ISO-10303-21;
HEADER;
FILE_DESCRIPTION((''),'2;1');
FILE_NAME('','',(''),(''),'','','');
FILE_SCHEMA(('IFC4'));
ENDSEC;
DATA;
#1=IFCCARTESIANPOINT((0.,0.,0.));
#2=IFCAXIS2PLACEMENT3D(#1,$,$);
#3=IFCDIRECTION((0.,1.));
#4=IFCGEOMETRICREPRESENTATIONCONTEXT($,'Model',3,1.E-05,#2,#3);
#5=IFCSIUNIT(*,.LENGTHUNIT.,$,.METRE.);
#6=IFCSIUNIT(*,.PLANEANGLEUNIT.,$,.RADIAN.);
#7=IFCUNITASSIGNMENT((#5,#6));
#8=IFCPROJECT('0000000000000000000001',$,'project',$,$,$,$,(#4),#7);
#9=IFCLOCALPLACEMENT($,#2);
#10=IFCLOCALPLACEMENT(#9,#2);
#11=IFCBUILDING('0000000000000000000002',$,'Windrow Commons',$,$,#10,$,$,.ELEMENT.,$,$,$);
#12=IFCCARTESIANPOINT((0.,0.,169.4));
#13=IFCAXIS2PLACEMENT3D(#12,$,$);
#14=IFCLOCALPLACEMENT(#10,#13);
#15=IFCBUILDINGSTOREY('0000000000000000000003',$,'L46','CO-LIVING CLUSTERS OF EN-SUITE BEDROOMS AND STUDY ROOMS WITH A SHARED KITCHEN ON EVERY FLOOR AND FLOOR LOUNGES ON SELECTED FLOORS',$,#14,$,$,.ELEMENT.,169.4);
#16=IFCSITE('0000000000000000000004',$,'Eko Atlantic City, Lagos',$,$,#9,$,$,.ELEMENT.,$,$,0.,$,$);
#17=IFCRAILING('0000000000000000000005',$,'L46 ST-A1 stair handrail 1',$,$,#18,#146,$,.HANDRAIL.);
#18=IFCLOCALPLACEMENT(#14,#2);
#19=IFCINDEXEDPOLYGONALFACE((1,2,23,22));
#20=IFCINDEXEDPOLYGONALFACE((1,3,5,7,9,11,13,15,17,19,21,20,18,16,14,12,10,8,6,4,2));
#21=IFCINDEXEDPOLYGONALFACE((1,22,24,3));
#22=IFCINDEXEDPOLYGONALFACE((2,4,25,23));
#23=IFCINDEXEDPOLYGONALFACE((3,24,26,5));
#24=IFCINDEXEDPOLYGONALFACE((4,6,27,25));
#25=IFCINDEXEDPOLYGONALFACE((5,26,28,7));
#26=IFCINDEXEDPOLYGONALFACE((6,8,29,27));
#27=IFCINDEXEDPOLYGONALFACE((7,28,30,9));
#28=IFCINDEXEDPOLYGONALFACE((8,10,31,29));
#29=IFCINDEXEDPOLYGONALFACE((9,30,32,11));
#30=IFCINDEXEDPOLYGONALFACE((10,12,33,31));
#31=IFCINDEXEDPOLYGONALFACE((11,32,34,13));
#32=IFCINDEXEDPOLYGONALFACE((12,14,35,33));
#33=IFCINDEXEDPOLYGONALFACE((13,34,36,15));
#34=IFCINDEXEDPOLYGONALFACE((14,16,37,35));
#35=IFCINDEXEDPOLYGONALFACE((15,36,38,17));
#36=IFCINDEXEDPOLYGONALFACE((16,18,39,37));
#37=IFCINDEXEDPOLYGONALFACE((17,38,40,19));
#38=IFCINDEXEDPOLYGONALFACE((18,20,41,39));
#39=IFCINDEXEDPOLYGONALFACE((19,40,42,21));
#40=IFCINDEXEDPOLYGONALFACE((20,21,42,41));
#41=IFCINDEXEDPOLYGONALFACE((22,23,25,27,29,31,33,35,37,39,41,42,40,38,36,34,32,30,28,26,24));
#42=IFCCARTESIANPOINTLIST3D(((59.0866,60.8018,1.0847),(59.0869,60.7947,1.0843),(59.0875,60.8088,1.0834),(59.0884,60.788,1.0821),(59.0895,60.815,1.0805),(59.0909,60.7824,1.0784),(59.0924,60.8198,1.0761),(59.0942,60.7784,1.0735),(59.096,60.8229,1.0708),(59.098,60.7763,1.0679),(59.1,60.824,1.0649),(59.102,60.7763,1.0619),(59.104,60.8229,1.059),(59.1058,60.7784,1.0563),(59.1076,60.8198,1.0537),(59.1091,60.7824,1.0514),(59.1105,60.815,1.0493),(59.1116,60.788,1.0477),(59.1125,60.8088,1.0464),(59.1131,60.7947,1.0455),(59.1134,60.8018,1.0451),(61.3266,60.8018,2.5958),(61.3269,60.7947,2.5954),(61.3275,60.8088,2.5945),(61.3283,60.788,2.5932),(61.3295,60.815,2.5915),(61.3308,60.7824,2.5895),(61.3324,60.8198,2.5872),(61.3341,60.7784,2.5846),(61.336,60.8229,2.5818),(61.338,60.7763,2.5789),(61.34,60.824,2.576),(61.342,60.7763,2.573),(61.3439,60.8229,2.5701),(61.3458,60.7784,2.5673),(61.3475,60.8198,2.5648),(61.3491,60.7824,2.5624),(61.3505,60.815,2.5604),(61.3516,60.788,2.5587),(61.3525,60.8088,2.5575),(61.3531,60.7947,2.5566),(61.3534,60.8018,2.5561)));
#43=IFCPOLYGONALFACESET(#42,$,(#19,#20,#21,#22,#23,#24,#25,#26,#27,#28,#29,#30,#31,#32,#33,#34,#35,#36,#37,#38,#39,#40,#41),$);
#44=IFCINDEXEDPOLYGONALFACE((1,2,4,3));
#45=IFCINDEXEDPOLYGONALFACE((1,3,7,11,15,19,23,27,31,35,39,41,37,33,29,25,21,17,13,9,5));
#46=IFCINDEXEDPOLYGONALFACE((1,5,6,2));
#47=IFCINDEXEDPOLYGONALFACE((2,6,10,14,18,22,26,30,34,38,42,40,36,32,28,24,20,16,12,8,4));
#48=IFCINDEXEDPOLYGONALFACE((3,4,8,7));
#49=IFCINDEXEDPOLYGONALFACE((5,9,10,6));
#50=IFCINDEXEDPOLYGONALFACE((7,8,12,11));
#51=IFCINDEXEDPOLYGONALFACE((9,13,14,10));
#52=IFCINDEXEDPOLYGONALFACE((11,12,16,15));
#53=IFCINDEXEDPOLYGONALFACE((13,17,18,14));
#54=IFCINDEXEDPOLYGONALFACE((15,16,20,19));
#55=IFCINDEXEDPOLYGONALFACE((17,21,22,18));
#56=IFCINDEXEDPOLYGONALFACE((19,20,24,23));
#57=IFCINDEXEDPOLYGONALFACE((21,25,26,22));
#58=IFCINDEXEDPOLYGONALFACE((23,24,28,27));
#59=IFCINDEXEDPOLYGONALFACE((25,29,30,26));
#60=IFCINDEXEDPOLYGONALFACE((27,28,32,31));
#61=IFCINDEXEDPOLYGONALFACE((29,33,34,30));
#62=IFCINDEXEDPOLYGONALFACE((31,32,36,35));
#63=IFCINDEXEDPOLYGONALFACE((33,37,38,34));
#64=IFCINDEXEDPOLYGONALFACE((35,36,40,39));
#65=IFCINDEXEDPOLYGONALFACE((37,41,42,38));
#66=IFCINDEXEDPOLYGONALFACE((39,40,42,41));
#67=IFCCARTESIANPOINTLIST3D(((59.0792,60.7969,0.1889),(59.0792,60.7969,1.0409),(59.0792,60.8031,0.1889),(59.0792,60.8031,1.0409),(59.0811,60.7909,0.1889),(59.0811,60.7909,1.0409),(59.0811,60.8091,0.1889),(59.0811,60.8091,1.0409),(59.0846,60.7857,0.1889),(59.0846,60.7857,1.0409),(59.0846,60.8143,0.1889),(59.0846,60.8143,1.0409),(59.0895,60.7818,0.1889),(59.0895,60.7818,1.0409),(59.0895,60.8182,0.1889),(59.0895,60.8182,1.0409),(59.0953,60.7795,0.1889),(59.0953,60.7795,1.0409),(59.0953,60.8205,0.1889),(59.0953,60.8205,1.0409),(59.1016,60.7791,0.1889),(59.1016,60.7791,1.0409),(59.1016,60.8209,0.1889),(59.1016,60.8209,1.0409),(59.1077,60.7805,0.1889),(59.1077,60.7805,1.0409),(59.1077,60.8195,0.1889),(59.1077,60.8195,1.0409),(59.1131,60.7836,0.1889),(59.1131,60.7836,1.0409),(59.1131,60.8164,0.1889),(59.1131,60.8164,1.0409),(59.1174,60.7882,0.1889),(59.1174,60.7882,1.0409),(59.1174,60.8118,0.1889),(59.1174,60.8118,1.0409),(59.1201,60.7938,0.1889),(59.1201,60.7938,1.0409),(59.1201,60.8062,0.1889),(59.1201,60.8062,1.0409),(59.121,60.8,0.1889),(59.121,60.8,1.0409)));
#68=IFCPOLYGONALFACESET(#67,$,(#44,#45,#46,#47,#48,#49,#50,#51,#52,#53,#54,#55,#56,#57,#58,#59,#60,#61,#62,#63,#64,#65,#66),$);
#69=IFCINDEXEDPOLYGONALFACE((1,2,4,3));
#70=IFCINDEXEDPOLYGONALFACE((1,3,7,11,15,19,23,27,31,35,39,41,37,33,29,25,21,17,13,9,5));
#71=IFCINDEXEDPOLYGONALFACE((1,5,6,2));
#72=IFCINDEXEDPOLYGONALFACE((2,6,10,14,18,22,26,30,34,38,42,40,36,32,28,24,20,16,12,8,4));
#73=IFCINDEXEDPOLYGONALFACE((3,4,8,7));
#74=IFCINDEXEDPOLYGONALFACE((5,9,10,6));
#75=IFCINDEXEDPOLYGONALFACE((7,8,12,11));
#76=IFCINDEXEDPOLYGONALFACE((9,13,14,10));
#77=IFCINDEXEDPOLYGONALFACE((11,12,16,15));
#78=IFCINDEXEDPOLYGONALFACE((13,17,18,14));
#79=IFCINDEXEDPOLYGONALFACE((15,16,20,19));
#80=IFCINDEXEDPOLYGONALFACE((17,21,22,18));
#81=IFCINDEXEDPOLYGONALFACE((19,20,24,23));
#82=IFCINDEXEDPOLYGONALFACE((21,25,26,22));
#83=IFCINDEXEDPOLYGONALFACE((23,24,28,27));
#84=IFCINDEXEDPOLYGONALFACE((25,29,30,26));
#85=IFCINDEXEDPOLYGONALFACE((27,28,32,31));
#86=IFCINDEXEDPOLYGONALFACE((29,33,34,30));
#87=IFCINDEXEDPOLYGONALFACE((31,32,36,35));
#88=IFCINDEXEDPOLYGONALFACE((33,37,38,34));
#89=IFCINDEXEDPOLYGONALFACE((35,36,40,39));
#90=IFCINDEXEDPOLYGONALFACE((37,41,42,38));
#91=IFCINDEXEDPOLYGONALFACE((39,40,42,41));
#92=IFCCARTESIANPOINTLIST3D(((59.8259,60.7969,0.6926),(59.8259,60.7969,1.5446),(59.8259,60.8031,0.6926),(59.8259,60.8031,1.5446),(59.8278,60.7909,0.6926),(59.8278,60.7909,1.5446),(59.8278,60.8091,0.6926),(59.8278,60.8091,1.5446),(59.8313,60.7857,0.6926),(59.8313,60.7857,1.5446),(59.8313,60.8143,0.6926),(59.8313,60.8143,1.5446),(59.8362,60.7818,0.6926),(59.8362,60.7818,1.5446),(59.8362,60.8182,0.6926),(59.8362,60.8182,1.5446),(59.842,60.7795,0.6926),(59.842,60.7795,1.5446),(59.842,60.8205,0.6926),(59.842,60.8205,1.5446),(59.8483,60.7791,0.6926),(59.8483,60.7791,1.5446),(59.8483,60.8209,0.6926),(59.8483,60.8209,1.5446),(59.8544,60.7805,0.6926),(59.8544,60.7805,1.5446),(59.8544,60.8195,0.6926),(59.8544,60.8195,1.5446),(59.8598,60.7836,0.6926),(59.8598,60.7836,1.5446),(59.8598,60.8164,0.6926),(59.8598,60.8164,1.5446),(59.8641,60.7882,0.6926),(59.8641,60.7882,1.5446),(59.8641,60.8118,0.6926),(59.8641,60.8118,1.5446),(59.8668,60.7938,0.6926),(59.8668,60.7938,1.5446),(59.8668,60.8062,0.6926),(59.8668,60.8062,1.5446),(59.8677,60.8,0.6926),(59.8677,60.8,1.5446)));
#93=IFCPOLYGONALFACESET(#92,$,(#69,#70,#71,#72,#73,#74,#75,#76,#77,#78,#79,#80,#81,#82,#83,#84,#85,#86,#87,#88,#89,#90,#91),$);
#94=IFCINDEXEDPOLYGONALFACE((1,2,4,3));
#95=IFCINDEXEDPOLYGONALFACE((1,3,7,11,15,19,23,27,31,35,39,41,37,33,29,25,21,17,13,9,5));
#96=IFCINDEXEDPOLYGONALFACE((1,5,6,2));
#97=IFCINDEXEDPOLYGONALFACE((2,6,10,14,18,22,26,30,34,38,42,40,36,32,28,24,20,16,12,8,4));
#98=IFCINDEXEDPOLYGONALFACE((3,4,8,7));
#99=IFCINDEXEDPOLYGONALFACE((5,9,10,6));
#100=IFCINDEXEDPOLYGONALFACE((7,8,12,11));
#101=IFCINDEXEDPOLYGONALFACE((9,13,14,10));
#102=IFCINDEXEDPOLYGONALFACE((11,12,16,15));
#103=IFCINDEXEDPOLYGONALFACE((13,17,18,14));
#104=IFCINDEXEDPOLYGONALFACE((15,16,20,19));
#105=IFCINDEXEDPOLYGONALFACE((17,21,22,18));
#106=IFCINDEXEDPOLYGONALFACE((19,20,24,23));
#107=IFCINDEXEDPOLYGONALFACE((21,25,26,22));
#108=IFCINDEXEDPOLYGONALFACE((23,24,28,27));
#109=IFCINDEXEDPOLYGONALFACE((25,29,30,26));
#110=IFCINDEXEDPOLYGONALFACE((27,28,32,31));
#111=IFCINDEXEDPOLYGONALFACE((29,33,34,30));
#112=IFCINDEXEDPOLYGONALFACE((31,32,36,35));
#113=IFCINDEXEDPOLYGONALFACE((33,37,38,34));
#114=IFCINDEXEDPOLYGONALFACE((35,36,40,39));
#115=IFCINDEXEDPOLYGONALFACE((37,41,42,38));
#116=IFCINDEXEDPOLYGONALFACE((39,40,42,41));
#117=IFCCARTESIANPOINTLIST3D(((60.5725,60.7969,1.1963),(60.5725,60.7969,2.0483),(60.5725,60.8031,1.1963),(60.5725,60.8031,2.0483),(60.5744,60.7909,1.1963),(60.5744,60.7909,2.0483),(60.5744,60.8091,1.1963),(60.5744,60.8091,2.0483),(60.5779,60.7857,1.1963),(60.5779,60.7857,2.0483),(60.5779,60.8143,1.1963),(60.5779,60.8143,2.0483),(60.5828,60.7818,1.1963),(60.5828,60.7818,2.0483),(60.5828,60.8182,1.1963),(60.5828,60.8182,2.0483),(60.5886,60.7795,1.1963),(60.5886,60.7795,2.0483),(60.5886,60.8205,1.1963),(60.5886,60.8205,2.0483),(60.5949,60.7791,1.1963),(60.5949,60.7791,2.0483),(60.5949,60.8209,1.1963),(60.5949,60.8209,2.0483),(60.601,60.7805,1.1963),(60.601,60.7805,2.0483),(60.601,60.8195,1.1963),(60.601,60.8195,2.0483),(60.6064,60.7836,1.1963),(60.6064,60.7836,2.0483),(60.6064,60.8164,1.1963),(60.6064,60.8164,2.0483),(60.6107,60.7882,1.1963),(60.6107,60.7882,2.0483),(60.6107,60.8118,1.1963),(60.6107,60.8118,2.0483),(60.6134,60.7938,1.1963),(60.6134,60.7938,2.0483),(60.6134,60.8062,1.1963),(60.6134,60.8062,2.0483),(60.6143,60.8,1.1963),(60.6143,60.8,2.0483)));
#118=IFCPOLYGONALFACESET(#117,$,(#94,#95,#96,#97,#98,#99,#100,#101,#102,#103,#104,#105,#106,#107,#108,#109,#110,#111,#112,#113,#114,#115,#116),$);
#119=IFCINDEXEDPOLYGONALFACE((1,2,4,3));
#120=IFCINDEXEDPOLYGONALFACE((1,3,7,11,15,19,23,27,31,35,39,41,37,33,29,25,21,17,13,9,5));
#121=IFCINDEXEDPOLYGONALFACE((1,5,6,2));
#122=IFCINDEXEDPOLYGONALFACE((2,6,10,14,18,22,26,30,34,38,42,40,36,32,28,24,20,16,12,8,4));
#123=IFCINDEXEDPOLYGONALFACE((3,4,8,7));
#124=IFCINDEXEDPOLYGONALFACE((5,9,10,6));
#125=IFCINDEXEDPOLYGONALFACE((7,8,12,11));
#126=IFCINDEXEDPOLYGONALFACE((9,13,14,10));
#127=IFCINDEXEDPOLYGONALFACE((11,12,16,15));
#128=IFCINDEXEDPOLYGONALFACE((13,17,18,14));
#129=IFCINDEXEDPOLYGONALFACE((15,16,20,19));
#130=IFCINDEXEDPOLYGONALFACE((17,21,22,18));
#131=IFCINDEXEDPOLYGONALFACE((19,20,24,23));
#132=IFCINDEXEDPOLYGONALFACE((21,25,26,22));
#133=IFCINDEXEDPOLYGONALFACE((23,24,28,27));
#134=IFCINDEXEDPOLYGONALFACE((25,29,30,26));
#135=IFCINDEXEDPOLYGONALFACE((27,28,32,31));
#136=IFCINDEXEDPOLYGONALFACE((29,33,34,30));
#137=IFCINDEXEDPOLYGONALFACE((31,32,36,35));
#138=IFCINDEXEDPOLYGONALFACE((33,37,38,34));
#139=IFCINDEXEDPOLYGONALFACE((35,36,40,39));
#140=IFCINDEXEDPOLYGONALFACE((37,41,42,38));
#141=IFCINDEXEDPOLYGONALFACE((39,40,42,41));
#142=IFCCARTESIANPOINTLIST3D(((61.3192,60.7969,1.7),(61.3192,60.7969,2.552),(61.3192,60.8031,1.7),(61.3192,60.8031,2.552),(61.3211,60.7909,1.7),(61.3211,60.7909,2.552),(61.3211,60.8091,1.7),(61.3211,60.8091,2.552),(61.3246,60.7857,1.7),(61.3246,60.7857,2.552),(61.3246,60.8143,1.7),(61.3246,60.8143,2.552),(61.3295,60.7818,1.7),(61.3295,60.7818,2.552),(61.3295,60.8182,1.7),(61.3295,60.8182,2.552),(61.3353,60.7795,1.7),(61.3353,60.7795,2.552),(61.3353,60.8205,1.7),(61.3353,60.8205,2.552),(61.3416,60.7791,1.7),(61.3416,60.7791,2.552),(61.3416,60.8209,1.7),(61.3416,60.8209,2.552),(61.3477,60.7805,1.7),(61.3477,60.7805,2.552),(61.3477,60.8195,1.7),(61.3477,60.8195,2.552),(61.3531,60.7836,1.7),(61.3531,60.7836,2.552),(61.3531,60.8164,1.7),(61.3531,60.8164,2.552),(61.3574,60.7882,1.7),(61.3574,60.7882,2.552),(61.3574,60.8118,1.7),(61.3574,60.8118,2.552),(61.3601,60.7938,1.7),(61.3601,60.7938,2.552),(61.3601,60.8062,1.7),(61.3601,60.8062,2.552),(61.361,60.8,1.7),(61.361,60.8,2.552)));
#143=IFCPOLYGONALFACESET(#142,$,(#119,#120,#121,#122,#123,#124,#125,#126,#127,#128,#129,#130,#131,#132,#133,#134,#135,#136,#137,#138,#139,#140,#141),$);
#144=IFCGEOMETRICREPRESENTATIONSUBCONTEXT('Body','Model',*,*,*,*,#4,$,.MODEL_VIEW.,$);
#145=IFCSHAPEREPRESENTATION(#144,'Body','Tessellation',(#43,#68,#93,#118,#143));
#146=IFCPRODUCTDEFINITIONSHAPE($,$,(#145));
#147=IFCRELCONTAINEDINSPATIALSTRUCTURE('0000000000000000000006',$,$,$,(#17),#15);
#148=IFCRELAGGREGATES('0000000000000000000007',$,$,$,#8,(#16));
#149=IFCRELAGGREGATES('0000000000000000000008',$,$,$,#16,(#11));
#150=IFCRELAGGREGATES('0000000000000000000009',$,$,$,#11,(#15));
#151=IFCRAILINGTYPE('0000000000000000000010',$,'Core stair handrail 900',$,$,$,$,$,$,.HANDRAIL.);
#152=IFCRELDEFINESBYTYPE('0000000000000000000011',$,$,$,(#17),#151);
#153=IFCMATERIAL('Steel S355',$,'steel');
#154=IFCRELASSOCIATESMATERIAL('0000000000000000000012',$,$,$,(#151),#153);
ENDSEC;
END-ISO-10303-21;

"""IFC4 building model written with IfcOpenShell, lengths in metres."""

from ifc_helpers import new_model, si_unit, direction, frame, origin, origin_2d, place, context, subcontext, project, spatial, circle, extrude, material, type_object, element, save


model = new_model("IFC4")

# Units and contexts
model_context = context("Model", 3, precision=1e-05, world=origin(), true_north=direction((0.0, 1.0)))
body_context = subcontext(model_context, "Body", "Model", "MODEL_VIEW")
ifc_project = project(units=[si_unit("LENGTHUNIT", "METRE"), si_unit("PLANEANGLEUNIT", "RADIAN")], contexts=[model_context])

# Site, building, storey
site_placement = place(None, origin())
site = spatial("IfcSite", under=ifc_project, at=site_placement, Name="Eko Atlantic City, Lagos", CompositionType="ELEMENT", RefElevation=0.0)
building_placement = place(site_placement, origin())
building = spatial("IfcBuilding", under=site, at=building_placement, Name="Windrow Commons", CompositionType="ELEMENT")
storey_placement = place(building_placement, frame((0.0, 0.0, 169.4)))
storey = spatial("IfcBuildingStorey", under=building, at=storey_placement, Name="L46", Description="CO-LIVING CLUSTERS OF EN-SUITE BEDROOMS AND STUDY ROOMS WITH A SHARED KITCHEN ON EVERY FLOOR AND FLOOR LOUNGES ON SELECTED FLOORS", CompositionType="ELEMENT", Elevation=169.4)

# Railing
ifc_material_1 = material(Name="Steel S355", Category="steel")
railing_type_1 = type_object("IfcRailingType", Name="Core stair handrail 900", PredefinedType="HANDRAIL", material=ifc_material_1)
railing_1_placement = place(storey_placement, frame((59.1, 60.8, 0.1889)))
element("IfcRailing", 1, at=railing_1_placement, inside=storey, type_object=railing_type_1, Name="L46 ST-A1 stair handrail 1", PredefinedType="HANDRAIL", context=body_context, shape_type="SweptSolid", body=[
    extrude(circle(Radius=0.024, at=origin_2d()), frame((0.0, 0.0, 0.876), z_axis=(0.829003, 0.0, 0.559244), x_axis=(0.0, 1.0, 0.0)), (0.0, 0.0, 1.0), 2.702),
    extrude(circle(Radius=0.021, at=origin_2d()), origin(), (0.0, 0.0, 1.0), 0.852),
    extrude(circle(Radius=0.021, at=origin_2d()), frame((0.7467, 0.0, 0.5037)), (0.0, 0.0, 1.0), 0.852),
    extrude(circle(Radius=0.021, at=origin_2d()), frame((1.4933, 0.0, 1.0074)), (0.0, 0.0, 1.0), 0.852),
    extrude(circle(Radius=0.021, at=origin_2d()), frame((2.24, 0.0, 1.5111)), (0.0, 0.0, 1.0), 0.852),
])

save(model, "model.ifc")
